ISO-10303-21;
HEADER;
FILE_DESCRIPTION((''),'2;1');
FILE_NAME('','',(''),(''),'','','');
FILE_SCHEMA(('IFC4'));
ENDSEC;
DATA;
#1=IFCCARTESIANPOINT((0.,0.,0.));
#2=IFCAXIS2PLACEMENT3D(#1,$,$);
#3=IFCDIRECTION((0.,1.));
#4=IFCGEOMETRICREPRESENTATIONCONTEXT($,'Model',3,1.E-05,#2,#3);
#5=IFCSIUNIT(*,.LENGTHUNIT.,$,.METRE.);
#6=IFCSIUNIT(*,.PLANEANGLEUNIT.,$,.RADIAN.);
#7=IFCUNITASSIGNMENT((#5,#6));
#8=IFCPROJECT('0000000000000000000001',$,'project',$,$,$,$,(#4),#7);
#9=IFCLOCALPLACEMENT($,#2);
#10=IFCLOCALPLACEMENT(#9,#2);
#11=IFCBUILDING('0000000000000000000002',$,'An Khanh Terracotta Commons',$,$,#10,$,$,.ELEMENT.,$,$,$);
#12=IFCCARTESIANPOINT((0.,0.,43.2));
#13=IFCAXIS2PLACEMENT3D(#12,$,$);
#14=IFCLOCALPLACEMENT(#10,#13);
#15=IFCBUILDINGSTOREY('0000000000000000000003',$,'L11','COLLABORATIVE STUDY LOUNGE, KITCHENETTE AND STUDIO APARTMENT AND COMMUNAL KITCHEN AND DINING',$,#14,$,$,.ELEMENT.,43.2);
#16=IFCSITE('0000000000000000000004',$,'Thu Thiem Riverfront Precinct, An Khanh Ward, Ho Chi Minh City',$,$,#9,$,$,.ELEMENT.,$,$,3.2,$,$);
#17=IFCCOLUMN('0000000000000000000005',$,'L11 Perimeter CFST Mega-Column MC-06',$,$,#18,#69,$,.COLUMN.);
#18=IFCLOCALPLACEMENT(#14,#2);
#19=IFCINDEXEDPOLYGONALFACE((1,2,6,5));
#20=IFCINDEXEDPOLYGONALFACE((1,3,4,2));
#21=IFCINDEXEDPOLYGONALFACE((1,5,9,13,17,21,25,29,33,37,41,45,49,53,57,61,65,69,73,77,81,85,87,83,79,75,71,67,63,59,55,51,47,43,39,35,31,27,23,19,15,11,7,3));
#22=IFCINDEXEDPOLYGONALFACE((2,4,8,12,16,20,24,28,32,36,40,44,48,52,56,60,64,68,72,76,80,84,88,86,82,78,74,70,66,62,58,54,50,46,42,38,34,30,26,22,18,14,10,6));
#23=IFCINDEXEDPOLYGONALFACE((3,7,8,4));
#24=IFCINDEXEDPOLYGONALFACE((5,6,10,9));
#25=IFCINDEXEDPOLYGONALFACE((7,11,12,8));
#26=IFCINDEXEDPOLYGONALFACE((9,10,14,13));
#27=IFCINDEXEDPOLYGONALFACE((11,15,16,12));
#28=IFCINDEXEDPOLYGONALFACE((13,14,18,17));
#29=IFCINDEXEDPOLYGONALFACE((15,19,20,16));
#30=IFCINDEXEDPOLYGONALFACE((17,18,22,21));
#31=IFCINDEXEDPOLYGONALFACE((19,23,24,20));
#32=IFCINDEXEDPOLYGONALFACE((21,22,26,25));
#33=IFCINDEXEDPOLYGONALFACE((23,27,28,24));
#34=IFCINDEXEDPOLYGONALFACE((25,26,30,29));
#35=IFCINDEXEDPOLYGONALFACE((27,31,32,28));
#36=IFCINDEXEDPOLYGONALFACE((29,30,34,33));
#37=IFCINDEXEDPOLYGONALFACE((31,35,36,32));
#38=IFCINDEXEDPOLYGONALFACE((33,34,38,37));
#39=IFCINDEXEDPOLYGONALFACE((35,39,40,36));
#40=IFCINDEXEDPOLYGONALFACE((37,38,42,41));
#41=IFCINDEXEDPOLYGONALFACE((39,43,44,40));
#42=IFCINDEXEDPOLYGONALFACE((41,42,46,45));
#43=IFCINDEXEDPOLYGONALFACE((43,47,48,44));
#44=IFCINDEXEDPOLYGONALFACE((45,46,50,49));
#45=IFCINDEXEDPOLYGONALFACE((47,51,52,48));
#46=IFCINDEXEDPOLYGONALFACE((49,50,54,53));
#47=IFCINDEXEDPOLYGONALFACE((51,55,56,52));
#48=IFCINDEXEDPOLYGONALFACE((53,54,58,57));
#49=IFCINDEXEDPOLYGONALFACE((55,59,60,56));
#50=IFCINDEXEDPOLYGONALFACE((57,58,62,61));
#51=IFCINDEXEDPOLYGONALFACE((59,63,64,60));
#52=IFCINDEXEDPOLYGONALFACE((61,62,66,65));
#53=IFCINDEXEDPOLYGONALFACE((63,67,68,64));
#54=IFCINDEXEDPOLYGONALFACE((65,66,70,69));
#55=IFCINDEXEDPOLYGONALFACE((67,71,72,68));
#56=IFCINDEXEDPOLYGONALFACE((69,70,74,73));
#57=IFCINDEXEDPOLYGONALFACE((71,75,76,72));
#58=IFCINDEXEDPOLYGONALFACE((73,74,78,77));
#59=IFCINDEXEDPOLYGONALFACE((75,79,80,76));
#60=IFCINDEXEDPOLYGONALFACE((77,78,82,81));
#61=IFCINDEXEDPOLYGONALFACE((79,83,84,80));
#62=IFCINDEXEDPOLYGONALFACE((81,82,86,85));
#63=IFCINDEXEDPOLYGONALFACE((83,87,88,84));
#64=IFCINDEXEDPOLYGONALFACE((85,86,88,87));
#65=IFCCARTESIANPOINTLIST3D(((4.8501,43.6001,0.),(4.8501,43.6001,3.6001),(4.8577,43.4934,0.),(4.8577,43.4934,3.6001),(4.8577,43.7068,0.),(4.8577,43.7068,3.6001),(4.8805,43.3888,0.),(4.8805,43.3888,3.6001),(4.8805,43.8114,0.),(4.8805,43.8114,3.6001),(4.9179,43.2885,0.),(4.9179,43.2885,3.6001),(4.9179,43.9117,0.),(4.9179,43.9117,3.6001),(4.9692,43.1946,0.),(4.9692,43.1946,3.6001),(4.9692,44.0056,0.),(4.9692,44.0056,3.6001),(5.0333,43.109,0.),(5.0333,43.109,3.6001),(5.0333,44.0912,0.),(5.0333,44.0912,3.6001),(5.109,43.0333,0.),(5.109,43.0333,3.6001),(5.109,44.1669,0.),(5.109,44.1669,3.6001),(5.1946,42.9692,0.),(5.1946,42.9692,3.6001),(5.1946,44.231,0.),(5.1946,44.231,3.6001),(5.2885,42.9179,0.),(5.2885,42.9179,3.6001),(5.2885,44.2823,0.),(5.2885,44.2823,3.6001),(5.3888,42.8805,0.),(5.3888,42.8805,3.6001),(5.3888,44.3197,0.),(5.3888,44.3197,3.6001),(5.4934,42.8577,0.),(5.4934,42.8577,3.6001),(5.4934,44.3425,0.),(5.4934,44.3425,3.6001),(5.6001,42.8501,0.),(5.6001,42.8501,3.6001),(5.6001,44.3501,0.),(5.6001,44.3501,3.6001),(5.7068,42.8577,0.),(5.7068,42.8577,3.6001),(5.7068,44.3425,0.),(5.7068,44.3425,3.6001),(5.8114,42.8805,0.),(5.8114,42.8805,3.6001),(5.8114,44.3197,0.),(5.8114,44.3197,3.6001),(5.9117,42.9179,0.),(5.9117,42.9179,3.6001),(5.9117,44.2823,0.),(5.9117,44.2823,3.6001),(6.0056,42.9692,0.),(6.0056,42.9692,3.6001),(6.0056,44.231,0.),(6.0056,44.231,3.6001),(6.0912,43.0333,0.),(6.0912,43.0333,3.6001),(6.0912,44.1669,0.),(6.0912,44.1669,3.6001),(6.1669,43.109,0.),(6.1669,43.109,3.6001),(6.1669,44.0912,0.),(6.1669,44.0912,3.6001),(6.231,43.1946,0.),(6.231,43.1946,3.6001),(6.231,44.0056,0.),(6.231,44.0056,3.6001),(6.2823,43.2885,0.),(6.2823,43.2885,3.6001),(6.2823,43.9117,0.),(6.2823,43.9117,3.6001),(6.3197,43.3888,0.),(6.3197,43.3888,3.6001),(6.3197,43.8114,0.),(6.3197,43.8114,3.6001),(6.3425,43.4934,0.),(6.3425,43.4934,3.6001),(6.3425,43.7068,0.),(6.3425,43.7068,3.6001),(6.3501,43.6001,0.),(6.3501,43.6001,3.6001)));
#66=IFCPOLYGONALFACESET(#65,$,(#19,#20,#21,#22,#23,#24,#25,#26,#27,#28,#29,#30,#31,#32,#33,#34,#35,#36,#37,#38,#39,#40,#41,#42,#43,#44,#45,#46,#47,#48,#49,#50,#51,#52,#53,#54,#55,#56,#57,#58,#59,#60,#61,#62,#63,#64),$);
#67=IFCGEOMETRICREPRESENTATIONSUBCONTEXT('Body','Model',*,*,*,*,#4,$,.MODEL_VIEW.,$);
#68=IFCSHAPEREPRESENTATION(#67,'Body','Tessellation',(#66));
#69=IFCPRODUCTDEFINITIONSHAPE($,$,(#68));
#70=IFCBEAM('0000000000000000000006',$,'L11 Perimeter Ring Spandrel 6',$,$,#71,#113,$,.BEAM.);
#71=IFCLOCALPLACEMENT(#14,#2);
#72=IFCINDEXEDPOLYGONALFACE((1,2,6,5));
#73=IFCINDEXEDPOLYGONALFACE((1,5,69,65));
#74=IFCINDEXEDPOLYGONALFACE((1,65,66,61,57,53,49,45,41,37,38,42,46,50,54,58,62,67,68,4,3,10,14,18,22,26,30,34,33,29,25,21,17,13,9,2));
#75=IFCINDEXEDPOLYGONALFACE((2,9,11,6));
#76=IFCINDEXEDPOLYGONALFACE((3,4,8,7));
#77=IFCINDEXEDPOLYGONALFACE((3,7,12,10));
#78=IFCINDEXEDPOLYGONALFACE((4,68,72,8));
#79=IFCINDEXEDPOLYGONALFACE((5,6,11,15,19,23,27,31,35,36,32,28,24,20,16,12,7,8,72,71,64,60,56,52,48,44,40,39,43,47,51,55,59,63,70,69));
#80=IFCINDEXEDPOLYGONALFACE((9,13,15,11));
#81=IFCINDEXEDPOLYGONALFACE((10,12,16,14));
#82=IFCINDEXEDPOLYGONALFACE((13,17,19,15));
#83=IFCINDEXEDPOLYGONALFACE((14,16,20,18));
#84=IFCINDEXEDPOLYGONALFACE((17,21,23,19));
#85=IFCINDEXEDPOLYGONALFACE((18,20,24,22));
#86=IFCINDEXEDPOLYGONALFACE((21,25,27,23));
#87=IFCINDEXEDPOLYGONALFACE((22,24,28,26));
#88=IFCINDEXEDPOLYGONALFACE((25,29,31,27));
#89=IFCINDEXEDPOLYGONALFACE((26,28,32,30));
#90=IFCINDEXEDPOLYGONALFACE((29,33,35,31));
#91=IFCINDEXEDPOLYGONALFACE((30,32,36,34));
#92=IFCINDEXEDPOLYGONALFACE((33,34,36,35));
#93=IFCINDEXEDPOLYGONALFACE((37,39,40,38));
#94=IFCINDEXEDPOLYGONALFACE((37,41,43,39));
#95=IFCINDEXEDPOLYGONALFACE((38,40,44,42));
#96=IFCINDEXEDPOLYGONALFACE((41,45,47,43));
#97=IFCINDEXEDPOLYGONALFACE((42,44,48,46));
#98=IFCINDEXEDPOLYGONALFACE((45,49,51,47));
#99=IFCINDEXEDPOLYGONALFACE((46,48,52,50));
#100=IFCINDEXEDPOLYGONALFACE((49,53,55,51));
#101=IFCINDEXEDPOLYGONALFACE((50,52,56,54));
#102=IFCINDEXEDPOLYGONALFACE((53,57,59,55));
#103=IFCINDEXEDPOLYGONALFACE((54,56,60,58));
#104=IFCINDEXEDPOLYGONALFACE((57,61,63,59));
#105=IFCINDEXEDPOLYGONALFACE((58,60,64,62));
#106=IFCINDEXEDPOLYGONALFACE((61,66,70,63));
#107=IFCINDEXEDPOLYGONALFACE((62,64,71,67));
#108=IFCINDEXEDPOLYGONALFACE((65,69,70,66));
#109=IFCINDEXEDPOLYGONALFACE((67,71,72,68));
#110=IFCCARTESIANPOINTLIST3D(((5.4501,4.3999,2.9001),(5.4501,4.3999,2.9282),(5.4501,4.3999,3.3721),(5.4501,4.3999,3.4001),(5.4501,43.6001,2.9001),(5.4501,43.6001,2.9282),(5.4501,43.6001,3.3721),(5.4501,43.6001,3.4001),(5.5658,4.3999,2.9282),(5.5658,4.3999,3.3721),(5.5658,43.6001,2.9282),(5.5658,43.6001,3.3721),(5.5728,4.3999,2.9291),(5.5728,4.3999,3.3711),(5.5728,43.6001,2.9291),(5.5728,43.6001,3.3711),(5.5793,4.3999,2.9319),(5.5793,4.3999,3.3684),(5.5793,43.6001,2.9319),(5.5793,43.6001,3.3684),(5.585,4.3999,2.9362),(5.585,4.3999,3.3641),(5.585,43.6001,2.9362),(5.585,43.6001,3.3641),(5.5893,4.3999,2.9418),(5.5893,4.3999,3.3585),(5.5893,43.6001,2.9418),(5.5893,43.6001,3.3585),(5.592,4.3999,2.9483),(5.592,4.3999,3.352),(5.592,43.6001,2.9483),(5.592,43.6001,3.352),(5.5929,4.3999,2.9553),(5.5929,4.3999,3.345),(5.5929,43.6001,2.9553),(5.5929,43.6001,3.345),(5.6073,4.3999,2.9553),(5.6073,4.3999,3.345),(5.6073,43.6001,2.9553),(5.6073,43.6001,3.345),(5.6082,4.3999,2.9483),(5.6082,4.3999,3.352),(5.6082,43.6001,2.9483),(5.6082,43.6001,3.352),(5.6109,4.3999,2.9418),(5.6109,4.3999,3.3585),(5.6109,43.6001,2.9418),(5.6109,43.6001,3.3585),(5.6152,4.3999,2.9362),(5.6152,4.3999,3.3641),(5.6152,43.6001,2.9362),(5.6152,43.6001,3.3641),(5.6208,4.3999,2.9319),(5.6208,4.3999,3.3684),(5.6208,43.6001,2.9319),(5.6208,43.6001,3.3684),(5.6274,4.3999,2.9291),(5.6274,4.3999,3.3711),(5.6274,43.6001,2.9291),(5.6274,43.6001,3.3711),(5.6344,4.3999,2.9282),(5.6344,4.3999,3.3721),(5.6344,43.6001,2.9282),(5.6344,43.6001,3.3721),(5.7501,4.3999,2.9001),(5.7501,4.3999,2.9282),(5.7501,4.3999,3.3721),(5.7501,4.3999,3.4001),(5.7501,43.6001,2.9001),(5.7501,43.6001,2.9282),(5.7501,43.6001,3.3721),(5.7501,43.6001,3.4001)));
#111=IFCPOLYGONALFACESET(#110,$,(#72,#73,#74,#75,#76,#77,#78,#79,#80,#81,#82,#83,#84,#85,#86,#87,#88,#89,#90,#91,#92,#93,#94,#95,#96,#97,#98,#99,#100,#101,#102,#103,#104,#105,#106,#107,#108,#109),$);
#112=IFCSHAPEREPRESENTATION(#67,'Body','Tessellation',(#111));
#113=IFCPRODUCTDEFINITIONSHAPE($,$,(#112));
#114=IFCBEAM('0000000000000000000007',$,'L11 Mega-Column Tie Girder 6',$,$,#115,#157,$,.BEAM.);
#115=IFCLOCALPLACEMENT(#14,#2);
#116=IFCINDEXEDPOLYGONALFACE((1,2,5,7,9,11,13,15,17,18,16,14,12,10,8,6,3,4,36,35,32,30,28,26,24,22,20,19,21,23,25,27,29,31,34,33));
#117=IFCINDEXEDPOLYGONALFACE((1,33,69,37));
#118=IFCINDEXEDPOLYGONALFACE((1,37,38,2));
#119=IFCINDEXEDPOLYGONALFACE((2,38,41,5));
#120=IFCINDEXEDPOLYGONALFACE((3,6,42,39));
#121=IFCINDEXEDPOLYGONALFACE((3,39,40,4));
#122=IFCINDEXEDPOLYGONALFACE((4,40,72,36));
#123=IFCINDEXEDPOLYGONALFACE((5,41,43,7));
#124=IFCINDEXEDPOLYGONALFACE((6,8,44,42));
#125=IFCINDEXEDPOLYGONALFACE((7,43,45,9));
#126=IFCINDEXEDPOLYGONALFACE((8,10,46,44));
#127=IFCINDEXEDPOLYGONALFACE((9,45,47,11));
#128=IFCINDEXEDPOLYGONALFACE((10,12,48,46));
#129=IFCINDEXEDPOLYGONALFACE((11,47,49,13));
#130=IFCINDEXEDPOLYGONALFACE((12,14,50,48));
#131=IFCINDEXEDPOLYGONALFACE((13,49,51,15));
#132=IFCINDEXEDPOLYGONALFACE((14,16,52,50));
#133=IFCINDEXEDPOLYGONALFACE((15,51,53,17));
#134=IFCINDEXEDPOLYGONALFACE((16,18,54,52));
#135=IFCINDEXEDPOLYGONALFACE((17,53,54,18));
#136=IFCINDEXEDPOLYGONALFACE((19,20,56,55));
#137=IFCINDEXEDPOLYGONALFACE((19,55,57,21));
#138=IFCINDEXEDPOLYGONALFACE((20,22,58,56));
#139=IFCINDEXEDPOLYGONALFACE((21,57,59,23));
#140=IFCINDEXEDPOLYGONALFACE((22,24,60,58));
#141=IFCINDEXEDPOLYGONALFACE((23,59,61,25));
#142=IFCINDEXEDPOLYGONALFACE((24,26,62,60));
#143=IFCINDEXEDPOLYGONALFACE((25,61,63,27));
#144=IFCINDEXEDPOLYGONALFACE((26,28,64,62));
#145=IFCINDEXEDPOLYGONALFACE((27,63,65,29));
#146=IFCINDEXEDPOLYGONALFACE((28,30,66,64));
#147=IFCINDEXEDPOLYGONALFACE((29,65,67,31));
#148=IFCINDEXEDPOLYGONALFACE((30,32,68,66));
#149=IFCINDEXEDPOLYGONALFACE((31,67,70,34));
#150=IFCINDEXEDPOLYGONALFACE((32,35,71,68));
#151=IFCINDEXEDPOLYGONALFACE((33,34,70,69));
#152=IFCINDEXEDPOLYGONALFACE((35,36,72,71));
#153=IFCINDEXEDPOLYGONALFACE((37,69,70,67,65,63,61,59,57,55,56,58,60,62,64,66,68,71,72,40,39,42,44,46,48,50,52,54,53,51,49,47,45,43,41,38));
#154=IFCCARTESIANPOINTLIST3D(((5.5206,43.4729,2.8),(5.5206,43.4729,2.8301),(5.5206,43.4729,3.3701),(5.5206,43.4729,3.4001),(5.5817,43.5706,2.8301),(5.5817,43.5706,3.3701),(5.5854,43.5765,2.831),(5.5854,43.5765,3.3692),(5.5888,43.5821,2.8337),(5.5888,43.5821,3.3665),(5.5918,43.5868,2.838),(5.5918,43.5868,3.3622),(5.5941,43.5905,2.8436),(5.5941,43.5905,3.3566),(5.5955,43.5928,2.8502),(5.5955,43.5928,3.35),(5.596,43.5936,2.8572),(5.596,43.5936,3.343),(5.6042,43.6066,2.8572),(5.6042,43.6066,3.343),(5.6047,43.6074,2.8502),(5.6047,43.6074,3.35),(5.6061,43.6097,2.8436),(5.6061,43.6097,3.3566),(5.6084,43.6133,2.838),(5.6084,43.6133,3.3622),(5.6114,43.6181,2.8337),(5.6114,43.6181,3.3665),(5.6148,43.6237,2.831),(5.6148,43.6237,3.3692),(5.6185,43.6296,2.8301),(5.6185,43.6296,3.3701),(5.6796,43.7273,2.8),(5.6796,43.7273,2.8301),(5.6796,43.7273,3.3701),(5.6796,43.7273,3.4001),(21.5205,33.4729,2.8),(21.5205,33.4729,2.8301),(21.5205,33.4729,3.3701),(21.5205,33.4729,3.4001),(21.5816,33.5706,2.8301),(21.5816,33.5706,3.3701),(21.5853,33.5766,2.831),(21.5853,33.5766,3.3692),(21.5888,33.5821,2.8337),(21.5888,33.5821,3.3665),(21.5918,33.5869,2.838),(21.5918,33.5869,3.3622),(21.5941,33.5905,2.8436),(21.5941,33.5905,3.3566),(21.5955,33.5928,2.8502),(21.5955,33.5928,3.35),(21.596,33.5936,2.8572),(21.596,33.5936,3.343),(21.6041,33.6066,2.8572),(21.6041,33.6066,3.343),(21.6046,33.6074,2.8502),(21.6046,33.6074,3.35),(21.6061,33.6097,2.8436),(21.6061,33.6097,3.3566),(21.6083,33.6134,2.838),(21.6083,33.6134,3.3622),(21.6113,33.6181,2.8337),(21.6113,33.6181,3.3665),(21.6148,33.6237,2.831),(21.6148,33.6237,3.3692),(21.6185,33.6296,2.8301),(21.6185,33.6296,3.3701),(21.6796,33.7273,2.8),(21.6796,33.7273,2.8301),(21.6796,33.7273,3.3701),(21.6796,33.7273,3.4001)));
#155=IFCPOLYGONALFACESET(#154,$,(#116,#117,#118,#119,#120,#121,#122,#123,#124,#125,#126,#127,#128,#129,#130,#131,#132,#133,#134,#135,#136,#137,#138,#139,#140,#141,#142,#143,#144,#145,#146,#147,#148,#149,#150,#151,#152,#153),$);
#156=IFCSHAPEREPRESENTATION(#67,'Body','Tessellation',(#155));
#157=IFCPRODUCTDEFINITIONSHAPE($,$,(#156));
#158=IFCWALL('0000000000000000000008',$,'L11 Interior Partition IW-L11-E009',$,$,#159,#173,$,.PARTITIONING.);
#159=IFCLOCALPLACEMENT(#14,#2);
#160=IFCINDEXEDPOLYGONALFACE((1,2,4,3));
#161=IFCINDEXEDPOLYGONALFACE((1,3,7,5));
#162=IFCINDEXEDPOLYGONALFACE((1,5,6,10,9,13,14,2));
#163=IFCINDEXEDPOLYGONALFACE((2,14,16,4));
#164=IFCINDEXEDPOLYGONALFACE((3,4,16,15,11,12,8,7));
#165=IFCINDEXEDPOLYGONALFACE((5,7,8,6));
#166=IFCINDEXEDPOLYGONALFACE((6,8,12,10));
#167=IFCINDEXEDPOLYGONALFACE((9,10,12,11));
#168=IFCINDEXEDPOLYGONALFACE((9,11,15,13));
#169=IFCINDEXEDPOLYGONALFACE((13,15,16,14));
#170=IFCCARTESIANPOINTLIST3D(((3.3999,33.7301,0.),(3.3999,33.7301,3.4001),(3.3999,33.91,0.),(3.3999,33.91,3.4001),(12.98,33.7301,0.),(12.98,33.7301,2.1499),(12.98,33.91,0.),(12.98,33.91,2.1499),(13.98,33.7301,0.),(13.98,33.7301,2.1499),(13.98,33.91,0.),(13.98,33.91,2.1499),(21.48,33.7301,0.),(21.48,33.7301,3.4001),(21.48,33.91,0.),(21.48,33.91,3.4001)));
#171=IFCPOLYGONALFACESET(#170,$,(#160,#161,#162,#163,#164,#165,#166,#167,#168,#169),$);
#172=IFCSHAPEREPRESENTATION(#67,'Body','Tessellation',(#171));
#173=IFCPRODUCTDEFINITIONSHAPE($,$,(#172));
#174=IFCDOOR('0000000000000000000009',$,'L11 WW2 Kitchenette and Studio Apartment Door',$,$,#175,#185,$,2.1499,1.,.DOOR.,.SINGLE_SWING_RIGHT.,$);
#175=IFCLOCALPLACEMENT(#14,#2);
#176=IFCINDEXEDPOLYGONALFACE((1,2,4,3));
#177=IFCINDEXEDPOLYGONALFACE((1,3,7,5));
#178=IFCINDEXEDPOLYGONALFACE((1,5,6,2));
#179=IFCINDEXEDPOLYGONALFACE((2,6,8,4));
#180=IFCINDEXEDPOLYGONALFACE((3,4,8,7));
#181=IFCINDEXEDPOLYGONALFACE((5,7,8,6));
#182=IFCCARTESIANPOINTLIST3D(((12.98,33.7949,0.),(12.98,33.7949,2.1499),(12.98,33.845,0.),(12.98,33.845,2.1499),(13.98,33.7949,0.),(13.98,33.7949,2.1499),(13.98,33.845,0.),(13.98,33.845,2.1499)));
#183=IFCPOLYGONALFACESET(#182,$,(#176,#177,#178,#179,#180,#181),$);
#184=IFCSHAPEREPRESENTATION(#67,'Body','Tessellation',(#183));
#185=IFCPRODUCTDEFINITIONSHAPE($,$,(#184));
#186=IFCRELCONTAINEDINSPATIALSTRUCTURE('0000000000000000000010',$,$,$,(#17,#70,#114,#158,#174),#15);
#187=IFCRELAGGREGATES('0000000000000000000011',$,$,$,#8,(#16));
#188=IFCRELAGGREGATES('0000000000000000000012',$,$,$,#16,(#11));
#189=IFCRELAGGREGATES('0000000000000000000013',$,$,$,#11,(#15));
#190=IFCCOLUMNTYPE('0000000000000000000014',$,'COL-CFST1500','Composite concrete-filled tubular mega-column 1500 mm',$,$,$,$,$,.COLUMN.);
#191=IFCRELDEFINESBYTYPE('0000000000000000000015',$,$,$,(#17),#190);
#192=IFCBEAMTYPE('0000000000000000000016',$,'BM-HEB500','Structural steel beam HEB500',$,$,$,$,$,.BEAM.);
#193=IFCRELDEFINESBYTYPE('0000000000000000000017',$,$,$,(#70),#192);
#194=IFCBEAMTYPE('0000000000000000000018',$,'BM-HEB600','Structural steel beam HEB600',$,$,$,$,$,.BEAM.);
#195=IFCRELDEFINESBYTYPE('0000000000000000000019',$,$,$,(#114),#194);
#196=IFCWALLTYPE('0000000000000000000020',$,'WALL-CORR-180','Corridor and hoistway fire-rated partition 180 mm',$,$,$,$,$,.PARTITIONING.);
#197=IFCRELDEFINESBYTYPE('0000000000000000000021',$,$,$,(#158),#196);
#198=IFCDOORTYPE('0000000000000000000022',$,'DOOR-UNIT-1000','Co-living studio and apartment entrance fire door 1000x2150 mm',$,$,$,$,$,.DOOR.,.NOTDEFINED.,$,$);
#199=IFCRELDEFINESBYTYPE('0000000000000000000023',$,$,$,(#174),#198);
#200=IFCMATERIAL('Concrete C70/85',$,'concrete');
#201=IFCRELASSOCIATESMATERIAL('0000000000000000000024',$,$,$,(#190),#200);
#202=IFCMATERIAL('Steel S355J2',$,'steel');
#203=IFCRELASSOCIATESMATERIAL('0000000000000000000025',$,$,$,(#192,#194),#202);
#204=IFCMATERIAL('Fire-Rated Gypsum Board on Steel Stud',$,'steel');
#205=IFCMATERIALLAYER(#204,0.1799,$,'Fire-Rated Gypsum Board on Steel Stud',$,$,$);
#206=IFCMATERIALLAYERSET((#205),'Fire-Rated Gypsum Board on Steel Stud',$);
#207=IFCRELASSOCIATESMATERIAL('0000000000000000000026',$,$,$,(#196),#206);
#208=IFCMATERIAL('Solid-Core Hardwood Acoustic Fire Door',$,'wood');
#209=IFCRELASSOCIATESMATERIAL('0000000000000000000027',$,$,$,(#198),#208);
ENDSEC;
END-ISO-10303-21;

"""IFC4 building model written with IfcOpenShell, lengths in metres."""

from ifc_helpers import new_model, si_unit, direction, frame, frame_2d, origin, origin_2d, place, context, subcontext, project, spatial, rectangle, circle, i_section, extrude, material, layer, layer_set, material_profile, profile_set, type_object, element, fill, save


model = new_model("IFC4")

# Units and contexts
model_context = context("Model", 3, precision=1e-05, world=origin(), true_north=direction((0.0, 1.0)))
body_context = subcontext(model_context, "Body", "Model", "MODEL_VIEW")
ifc_project = project(units=[si_unit("LENGTHUNIT", "METRE"), si_unit("PLANEANGLEUNIT", "RADIAN")], contexts=[model_context])

# Site, building, storey
site_placement = place(None, origin())
site = spatial("IfcSite", under=ifc_project, at=site_placement, Name="Thu Thiem Riverfront Precinct, An Khanh Ward, Ho Chi Minh City", CompositionType="ELEMENT", RefElevation=3.2)
building_placement = place(site_placement, origin())
building = spatial("IfcBuilding", under=site, at=building_placement, Name="An Khanh Terracotta Commons", CompositionType="ELEMENT")
storey_placement = place(building_placement, frame((0.0, 0.0, 43.2)))
storey = spatial("IfcBuildingStorey", under=building, at=storey_placement, Name="L11", Description="COLLABORATIVE STUDY LOUNGE, KITCHENETTE AND STUDIO APARTMENT AND COMMUNAL KITCHEN AND DINING", CompositionType="ELEMENT", Elevation=43.2)

# Column
ifc_material_1 = material(Name="Concrete C70/85", Category="concrete")
ifc_material_profile_1 = material_profile(ifc_material_1, circle(Radius=0.75, at=origin_2d()), Name="CFST1500")
ifc_profile_set_1 = profile_set([ifc_material_profile_1], Name="Concrete C70/85")
column_type = type_object("IfcColumnType", Name="COL-CFST1500", Description="Composite concrete-filled tubular mega-column 1500 mm", PredefinedType="COLUMN", material=ifc_profile_set_1)
column_placement = place(storey_placement, frame((5.6001, 43.6001, 0.0), z_axis=(0.0, 0.0, 1.0), x_axis=(1.0, 0.0, 0.0)))
element("IfcColumn", 1, at=column_placement, inside=storey, type_object=column_type, Name="L11 Perimeter CFST Mega-Column MC-06", PredefinedType="COLUMN", context=body_context, shape_type="SweptSolid", body=[
    extrude(circle(Radius=0.75, at=origin_2d()), origin(), (0.0, 0.0, 1.0), 3.6001),
])

# Beams
ifc_material_2 = material(Name="Steel S355J2", Category="steel")
ifc_material_profile_2 = material_profile(ifc_material_2, i_section(OverallWidth=0.3, OverallDepth=0.5, WebThickness=0.0144, FlangeThickness=0.0281, FilletRadius=0.0271, at=origin_2d()), Name="HEB500")
ifc_profile_set_2 = profile_set([ifc_material_profile_2], Name="Steel S355J2")
beam_type_1 = type_object("IfcBeamType", Name="BM-HEB500", Description="Structural steel beam HEB500", PredefinedType="BEAM", material=ifc_profile_set_2)
beam_1_placement = place(storey_placement, frame((5.6001, 43.6001, 3.1501), z_axis=(0.0, -1.0, 0.0), x_axis=(1.0, 0.0, 0.0)))
element("IfcBeam", 2, at=beam_1_placement, inside=storey, type_object=beam_type_1, Name="L11 Perimeter Ring Spandrel 6", PredefinedType="BEAM", context=body_context, shape_type="SweptSolid", body=[
    extrude(i_section(OverallWidth=0.3, OverallDepth=0.5, WebThickness=0.0144, FlangeThickness=0.0281, FilletRadius=0.0271, at=origin_2d()), origin(), (0.0, 0.0, 1.0), 39.2002),
])
ifc_material_profile_3 = material_profile(ifc_material_2, i_section(OverallWidth=0.3, OverallDepth=0.6001, WebThickness=0.0154, FlangeThickness=0.03, FilletRadius=0.0271, at=origin_2d()), Name="HEB600")
ifc_profile_set_3 = profile_set([ifc_material_profile_3], Name="Steel S355J2")
beam_type_2 = type_object("IfcBeamType", Name="BM-HEB600", Description="Structural steel beam HEB600", PredefinedType="BEAM", material=ifc_profile_set_3)
beam_2_placement = place(storey_placement, frame((5.6001, 43.6001, 3.1001), z_axis=(0.847998, -0.529999, 0.0), x_axis=(0.529999, 0.847998, 0.0)))
element("IfcBeam", 3, at=beam_2_placement, inside=storey, type_object=beam_type_2, Name="L11 Mega-Column Tie Girder 6", PredefinedType="BEAM", context=body_context, shape_type="SweptSolid", body=[
    extrude(i_section(OverallWidth=0.3, OverallDepth=0.6001, WebThickness=0.0154, FlangeThickness=0.03, FilletRadius=0.0271, at=origin_2d()), origin(), (0.0, 0.0, 1.0), 18.8679),
])

# Wall, opening, door
ifc_material_3 = material(Name="Fire-Rated Gypsum Board on Steel Stud", Category="steel")
ifc_layer_1 = layer(ifc_material_3, 0.1799, Name="Fire-Rated Gypsum Board on Steel Stud")
ifc_layer_set_1 = layer_set([ifc_layer_1], Name="Fire-Rated Gypsum Board on Steel Stud")
wall_type_1 = type_object("IfcWallType", Name="WALL-CORR-180", Description="Corridor and hoistway fire-rated partition 180 mm", PredefinedType="PARTITIONING", material=ifc_layer_set_1)
wall_1_placement = place(storey_placement, frame((3.3999, 33.8201, 0.0), z_axis=(0.0, 0.0, 1.0), x_axis=(1.0, 0.0, 0.0)))
wall_1 = element("IfcWall", 4, at=wall_1_placement, inside=storey, type_object=wall_type_1, Name="L11 Interior Partition IW-L11-E009", PredefinedType="PARTITIONING", context=body_context, shape_type="SweptSolid", body=[
    extrude(rectangle(XDim=18.0801, YDim=0.1799, at=frame_2d((9.04, 0.0))), origin(), (0.0, 0.0, 1.0), 3.4001),
])
opening_1_placement = place(wall_1_placement, frame((9.5801, 0.0, 0.0)))
opening_1 = element("IfcOpeningElement", 5, at=opening_1_placement, cuts=wall_1, PredefinedType="OPENING", context=body_context, shape_type="SweptSolid", body=[
    extrude(rectangle(XDim=1.0, YDim=2.1499, at=frame_2d((0.5, 1.075))), frame((0.0, 0.0999, 0.0), z_axis=(0.0, -1.0, 0.0), x_axis=(1.0, 0.0, 0.0)), (0.0, 0.0, 1.0), 0.2),
])
ifc_material_4 = material(Name="Solid-Core Hardwood Acoustic Fire Door", Category="wood")
door_type_1 = type_object("IfcDoorType", Name="DOOR-UNIT-1000", Description="Co-living studio and apartment entrance fire door 1000x2150 mm", OperationType="NOTDEFINED", PredefinedType="DOOR", material=ifc_material_4)
door_1_placement = place(opening_1_placement, origin())
door_1 = element("IfcDoor", 6, at=door_1_placement, inside=storey, type_object=door_type_1, Name="L11 WW2 Kitchenette and Studio Apartment Door", OperationType="SINGLE_SWING_RIGHT", OverallHeight=2.1499, OverallWidth=1.0, PredefinedType="DOOR", context=body_context, shape_type="SweptSolid", body=[
    extrude(rectangle(XDim=1.0, YDim=2.1499, at=frame_2d((0.5, 1.075))), frame((0.0, 0.0249, 0.0), z_axis=(0.0, -1.0, 0.0), x_axis=(1.0, 0.0, 0.0)), (0.0, 0.0, 1.0), 0.05),
])
fill(opening_1, door_1)

save(model, "model.ifc")
